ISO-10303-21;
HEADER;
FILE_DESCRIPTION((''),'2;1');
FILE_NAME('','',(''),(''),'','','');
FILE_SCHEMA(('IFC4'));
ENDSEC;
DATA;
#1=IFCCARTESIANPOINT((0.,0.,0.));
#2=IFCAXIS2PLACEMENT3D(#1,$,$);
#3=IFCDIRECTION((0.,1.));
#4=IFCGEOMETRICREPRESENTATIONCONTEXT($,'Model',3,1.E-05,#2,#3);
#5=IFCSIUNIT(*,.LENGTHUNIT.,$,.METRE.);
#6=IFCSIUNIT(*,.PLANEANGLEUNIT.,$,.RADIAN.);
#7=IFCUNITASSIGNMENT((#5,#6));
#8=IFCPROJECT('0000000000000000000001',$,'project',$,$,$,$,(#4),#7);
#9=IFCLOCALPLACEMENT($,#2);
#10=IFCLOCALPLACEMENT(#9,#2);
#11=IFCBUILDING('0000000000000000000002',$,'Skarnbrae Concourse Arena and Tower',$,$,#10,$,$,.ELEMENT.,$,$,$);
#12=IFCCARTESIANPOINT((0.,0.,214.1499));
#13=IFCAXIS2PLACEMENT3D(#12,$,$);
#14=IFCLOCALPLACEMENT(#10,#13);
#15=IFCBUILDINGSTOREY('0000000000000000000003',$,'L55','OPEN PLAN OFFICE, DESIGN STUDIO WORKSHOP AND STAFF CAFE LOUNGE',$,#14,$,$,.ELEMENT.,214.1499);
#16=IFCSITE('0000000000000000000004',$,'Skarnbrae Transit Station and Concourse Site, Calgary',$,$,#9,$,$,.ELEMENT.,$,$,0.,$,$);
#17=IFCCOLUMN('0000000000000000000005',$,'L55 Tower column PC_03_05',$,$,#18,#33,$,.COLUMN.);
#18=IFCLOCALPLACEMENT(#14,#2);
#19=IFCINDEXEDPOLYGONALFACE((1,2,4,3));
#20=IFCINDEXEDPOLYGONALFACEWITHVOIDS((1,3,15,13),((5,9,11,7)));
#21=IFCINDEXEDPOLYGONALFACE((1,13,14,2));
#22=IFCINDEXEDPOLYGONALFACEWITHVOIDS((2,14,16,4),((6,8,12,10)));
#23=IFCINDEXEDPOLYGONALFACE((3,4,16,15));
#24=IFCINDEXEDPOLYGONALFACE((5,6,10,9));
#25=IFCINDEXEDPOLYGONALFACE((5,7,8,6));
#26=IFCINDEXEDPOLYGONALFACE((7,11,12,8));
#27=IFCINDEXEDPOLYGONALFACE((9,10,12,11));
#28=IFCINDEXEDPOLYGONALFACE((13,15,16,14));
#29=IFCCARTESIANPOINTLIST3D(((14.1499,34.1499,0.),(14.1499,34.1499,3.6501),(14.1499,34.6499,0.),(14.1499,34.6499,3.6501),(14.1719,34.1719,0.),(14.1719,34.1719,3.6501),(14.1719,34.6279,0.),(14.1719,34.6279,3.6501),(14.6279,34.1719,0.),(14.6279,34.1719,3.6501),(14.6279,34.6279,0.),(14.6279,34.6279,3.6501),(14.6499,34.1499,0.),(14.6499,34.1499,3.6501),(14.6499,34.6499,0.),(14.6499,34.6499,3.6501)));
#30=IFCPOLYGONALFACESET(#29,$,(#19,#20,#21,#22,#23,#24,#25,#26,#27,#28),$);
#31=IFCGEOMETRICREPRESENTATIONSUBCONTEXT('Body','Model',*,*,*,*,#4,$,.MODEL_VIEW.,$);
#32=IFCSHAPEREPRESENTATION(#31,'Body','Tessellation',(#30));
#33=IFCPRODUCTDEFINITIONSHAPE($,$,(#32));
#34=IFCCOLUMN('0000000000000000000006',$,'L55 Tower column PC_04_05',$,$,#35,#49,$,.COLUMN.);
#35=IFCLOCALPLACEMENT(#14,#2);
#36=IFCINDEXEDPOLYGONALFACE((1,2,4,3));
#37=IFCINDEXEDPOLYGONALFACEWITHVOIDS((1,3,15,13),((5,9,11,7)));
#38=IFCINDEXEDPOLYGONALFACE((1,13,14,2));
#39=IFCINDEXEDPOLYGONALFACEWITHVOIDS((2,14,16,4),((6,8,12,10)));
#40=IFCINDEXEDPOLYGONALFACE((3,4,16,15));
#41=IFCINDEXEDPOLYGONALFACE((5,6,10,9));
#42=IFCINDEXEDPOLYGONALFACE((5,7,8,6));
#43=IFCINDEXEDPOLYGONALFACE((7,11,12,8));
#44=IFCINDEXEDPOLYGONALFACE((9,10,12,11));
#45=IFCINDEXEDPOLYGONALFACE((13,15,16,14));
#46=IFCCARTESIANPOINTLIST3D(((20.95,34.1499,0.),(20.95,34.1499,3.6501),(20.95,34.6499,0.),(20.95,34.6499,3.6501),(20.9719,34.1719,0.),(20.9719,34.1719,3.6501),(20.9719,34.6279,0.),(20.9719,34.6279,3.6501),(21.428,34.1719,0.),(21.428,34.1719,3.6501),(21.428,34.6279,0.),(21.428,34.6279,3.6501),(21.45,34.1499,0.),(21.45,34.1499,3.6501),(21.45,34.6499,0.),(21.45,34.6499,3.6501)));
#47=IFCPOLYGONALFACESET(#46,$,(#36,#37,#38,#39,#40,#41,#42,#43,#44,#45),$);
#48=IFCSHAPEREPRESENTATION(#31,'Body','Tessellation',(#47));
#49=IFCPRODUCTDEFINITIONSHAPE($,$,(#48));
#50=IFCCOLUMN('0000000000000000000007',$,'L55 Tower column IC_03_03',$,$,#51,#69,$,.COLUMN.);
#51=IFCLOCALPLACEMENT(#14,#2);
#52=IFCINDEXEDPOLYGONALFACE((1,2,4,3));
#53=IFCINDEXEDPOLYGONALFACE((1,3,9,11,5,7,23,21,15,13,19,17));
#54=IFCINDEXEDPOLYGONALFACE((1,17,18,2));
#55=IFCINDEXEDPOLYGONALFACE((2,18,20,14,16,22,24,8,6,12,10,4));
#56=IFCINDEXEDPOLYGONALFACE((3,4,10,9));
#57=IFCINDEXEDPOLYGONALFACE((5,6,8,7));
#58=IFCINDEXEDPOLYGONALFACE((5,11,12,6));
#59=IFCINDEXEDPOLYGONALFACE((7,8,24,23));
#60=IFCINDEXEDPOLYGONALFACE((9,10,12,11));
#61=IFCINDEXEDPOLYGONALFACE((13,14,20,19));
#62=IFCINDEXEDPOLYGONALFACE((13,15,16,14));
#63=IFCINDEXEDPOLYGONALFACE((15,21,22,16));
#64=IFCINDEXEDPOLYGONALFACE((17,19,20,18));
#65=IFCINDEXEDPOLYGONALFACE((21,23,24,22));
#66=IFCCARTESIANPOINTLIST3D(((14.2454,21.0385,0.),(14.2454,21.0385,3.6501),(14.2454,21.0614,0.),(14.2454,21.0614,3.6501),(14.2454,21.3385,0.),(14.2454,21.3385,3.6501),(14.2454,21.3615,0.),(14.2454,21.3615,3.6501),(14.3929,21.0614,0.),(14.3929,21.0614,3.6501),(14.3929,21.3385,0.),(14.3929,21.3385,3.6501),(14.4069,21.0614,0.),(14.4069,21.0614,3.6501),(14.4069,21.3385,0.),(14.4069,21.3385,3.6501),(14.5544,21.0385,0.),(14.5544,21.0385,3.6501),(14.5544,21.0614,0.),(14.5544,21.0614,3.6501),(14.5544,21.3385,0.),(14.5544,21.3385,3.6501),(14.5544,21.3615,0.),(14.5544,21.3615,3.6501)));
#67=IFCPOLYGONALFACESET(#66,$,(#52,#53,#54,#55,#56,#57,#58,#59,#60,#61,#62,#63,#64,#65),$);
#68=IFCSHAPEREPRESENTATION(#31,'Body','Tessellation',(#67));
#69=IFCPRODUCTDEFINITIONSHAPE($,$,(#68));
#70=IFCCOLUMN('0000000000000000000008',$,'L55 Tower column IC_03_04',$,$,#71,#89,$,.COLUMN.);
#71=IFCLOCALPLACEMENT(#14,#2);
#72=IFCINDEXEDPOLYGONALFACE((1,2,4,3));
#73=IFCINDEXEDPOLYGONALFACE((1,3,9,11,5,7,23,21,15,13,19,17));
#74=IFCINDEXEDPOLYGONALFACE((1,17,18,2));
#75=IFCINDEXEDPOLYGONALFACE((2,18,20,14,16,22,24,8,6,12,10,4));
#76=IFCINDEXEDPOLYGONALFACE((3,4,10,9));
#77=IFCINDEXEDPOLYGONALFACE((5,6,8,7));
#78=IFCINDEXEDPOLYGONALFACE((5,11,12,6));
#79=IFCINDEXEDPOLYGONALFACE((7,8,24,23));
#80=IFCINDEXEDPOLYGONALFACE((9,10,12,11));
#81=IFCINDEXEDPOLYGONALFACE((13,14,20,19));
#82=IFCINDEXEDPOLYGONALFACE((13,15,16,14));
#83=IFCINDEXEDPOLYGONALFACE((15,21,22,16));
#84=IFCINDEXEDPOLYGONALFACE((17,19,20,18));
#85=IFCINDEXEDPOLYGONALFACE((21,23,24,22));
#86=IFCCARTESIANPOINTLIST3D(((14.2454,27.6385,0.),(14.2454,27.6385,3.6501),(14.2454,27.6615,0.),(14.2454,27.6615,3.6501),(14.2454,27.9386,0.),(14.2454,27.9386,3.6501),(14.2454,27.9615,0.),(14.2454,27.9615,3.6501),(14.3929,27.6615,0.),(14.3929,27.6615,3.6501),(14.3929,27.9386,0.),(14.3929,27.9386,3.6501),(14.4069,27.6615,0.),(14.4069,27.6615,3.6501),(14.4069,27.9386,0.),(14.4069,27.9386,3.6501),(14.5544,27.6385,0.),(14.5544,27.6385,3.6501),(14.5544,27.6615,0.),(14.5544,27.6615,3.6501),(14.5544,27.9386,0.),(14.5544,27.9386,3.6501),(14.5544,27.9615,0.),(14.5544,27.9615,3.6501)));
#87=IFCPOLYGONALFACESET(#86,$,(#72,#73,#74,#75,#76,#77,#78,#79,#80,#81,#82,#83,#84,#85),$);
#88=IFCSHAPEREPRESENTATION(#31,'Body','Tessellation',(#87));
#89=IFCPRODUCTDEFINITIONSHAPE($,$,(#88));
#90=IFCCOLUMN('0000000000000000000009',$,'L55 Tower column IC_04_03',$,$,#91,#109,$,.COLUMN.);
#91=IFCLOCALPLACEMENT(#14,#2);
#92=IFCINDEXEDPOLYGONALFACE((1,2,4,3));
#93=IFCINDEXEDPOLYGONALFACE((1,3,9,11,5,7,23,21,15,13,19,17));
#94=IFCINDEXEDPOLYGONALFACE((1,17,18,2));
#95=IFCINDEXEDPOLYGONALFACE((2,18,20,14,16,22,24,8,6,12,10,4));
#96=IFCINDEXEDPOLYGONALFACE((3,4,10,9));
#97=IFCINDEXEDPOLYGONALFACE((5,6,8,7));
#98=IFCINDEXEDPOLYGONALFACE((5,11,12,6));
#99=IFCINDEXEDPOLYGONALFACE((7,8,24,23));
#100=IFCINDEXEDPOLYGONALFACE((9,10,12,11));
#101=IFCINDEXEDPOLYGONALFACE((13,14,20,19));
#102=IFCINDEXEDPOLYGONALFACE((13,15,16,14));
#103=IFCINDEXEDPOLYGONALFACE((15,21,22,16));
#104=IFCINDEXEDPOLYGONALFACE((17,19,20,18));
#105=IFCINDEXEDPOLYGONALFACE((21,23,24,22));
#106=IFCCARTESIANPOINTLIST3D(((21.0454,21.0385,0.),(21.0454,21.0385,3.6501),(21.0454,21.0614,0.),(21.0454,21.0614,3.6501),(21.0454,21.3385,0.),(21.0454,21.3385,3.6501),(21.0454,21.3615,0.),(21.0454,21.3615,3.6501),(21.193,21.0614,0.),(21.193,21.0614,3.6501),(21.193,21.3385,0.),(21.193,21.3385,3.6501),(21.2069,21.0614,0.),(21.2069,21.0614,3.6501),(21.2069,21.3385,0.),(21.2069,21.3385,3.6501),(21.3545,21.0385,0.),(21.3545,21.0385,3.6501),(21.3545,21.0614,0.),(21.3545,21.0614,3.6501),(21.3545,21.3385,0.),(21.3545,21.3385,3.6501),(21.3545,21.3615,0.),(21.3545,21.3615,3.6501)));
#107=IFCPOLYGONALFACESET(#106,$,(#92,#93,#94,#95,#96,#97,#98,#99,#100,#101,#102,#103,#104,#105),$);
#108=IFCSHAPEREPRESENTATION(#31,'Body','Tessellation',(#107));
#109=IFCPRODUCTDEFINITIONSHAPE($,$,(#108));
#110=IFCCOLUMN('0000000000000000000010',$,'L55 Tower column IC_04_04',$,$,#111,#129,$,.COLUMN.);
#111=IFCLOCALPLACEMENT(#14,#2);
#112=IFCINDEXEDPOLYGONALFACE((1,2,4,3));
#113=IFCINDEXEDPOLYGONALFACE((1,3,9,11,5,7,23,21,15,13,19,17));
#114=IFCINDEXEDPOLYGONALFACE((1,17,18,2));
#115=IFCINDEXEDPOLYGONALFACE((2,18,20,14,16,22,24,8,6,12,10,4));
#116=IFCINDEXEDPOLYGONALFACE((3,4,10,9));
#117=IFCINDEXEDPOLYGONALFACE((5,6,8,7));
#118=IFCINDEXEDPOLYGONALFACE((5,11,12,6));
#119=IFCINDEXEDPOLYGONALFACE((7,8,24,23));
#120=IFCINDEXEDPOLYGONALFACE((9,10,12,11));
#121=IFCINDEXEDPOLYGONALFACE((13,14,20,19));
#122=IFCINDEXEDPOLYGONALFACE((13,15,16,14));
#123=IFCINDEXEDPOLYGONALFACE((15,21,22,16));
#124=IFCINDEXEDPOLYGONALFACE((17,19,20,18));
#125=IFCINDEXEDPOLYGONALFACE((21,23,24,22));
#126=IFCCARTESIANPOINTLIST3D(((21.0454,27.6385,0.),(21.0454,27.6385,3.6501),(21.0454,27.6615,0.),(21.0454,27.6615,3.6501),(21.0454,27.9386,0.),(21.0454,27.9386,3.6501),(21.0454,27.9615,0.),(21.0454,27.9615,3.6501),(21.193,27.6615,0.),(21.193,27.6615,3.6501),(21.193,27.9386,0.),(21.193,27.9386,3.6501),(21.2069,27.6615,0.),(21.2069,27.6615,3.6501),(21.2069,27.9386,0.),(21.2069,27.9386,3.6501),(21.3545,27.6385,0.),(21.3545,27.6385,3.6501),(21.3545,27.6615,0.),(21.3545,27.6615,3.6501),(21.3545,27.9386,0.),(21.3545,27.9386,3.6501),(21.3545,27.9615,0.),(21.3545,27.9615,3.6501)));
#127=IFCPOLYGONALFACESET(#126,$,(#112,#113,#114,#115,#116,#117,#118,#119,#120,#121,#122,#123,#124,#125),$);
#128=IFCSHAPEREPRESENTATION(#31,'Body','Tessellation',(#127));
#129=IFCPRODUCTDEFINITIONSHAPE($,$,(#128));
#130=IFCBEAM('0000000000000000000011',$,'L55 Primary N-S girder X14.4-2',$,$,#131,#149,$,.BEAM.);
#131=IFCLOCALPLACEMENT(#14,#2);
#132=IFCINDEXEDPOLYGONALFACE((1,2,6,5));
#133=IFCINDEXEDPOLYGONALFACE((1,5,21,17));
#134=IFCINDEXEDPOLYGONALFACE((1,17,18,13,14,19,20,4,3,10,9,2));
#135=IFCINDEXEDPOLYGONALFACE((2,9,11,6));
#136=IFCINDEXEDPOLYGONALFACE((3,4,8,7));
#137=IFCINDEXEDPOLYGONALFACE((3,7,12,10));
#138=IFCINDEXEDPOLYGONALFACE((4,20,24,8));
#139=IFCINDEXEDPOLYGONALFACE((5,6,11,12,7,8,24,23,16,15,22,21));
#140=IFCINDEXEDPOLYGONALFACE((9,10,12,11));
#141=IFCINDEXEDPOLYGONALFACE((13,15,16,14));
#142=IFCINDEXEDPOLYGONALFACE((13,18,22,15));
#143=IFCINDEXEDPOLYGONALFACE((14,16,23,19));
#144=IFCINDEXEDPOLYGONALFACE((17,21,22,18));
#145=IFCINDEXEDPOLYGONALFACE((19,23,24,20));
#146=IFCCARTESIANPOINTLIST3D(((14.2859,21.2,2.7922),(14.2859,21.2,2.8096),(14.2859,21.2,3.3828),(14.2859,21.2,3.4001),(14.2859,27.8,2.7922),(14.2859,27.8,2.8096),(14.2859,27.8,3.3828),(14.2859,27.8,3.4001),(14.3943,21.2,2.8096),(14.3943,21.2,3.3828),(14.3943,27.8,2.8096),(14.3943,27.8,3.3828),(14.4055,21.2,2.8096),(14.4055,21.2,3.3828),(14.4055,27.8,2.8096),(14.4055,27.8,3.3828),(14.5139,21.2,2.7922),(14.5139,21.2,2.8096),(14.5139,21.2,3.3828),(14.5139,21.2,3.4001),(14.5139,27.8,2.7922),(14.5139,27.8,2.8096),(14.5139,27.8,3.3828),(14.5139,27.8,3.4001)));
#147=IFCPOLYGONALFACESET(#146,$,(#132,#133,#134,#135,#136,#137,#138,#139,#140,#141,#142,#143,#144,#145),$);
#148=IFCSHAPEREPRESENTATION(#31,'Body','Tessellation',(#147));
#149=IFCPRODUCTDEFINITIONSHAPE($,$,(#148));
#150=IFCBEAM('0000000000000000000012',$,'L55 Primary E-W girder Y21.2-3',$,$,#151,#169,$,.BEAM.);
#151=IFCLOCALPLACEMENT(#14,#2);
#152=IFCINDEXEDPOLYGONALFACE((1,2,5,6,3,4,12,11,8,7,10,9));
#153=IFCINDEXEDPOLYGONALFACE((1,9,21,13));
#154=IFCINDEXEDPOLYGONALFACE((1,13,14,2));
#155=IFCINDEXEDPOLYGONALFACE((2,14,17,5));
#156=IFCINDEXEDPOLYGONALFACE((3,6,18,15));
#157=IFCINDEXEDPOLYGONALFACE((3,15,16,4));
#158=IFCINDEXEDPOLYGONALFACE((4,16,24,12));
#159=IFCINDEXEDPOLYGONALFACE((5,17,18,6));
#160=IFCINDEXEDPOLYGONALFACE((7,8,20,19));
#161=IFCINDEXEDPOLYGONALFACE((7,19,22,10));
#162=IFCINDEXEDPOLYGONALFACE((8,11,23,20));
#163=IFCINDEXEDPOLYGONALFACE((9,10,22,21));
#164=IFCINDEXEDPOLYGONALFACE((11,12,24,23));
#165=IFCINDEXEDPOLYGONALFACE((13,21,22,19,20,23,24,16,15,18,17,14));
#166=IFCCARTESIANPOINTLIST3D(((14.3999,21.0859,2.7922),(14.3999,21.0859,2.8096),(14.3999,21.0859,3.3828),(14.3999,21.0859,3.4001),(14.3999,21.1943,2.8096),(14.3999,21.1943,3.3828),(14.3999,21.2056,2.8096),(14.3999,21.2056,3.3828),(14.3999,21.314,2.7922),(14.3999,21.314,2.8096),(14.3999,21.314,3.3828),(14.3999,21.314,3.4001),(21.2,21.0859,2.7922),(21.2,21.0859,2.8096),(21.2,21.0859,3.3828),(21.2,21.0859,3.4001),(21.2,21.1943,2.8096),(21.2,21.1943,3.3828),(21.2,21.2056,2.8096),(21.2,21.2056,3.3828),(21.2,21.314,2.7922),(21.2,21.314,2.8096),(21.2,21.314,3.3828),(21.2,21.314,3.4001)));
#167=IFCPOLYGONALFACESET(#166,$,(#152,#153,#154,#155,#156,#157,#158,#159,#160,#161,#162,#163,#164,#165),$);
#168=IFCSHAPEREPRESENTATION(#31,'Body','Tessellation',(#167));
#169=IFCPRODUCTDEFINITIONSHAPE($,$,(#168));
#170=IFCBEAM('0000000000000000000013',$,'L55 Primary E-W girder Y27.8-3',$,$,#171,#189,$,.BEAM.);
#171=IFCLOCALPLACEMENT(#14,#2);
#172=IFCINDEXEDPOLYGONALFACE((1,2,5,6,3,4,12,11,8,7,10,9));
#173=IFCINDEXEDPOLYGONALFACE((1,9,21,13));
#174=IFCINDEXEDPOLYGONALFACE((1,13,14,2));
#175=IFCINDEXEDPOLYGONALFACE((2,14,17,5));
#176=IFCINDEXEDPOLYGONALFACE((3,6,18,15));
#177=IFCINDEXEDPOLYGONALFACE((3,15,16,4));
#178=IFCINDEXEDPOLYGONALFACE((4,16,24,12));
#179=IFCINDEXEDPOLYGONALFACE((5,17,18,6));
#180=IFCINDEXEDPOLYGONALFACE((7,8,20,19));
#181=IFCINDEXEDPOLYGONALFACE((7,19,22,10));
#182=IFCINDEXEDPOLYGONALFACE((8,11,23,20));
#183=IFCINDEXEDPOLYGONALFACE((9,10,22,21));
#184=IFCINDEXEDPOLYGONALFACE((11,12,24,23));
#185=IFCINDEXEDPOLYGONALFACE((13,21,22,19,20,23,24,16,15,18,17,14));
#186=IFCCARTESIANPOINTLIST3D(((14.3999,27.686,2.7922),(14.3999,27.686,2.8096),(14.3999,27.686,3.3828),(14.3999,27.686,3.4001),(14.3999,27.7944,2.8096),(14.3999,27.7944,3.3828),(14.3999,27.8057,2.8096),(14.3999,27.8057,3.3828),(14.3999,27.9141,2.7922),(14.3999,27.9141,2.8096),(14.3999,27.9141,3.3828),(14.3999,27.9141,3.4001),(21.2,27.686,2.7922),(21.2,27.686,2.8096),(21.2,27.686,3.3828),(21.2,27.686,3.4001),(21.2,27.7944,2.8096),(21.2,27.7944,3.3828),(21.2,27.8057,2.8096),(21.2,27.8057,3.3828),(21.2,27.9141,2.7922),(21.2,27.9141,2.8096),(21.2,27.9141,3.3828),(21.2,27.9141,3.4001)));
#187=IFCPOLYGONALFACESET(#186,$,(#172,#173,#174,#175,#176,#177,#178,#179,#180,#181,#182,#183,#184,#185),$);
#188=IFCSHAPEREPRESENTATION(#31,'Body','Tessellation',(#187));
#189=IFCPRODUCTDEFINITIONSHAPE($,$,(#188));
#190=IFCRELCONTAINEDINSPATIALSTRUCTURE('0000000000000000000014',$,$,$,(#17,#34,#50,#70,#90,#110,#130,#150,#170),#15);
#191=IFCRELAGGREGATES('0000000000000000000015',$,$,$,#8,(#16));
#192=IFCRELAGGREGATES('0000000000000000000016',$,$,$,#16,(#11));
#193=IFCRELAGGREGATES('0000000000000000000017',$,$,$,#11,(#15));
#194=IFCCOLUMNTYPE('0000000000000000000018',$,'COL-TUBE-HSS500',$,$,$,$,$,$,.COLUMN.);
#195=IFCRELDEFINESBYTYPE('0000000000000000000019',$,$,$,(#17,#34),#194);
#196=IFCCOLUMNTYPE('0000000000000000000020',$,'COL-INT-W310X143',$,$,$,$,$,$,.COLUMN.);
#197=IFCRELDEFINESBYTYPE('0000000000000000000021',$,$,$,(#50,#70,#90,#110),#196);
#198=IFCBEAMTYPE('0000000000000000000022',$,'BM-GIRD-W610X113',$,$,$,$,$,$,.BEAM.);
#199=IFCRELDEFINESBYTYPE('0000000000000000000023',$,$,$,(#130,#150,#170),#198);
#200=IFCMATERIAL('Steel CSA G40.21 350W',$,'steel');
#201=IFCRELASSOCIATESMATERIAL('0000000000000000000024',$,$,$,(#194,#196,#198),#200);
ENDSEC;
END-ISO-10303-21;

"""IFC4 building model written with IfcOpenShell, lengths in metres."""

from ifc_helpers import new_model, si_unit, direction, frame, origin, origin_2d, place, context, subcontext, project, spatial, hollow_rectangle, i_section, extrude, source, transform, mapped, material, material_profile, profile_set, type_object, element, save


model = new_model("IFC4")

# Units and contexts
model_context = context("Model", 3, precision=1e-05, world=origin(), true_north=direction((0.0, 1.0)))
body_context = subcontext(model_context, "Body", "Model", "MODEL_VIEW")
ifc_project = project(units=[si_unit("LENGTHUNIT", "METRE"), si_unit("PLANEANGLEUNIT", "RADIAN")], contexts=[model_context])

# Site, building, storey
site_placement = place(None, origin())
site = spatial("IfcSite", under=ifc_project, at=site_placement, Name="Skarnbrae Transit Station and Concourse Site, Calgary", CompositionType="ELEMENT", RefElevation=0.0)
building_placement = place(site_placement, origin())
building = spatial("IfcBuilding", under=site, at=building_placement, Name="Skarnbrae Concourse Arena and Tower", CompositionType="ELEMENT")
storey_placement = place(building_placement, frame((0.0, 0.0, 214.1499)))
storey = spatial("IfcBuildingStorey", under=building, at=storey_placement, Name="L55", Description="OPEN PLAN OFFICE, DESIGN STUDIO WORKSHOP AND STAFF CAFE LOUNGE", CompositionType="ELEMENT", Elevation=214.1499)

# Columns
ifc_material_1 = material(Name="Steel CSA G40.21 350W", Category="steel")
ifc_material_profile_1 = material_profile(ifc_material_1, hollow_rectangle(XDim=0.5, YDim=0.5, WallThickness=0.022, at=origin_2d()), Name="HSS500X500X22.0")
ifc_profile_set_1 = profile_set([ifc_material_profile_1], Name="Steel CSA G40.21 350W")
column_type_1 = type_object("IfcColumnType", Name="COL-TUBE-HSS500", PredefinedType="COLUMN", material=ifc_profile_set_1)
shared_shape_1 = source(origin(), body_context, "Body", "SweptSolid", [
    extrude(hollow_rectangle(XDim=0.5, YDim=0.5, WallThickness=0.022, at=origin_2d()), origin(), (0.0, 0.0, 1.0), 3.6501),
])
for number, where, z_axis, x_axis, name in (
    (1, (14.3999, 34.3999, 0.0), (0.0, 0.0, 1.0), (1.0, 0.0, 0.0), "L55 Tower column PC_03_05"),
    (2, (21.2, 34.3999, 0.0), (0.0, 0.0, 1.0), (1.0, 0.0, 0.0), "L55 Tower column PC_04_05"),
):
    element("IfcColumn", number, at=place(storey_placement, frame(where, z_axis=z_axis, x_axis=x_axis)), inside=storey, type_object=column_type_1, Name=name, PredefinedType="COLUMN", context=body_context, shape_type="MappedRepresentation", body=[
        mapped(shared_shape_1, transform((0.0, 0.0, 0.0))),
    ])
ifc_material_profile_2 = material_profile(ifc_material_1, i_section(OverallWidth=0.3091, OverallDepth=0.323, WebThickness=0.0139, FlangeThickness=0.0229, at=origin_2d()), Name="W310X143")
ifc_profile_set_2 = profile_set([ifc_material_profile_2], Name="Steel CSA G40.21 350W")
column_type_2 = type_object("IfcColumnType", Name="COL-INT-W310X143", PredefinedType="COLUMN", material=ifc_profile_set_2)
shared_shape_2 = source(origin(), body_context, "Body", "SweptSolid", [
    extrude(i_section(OverallWidth=0.3091, OverallDepth=0.323, WebThickness=0.0139, FlangeThickness=0.0229, at=origin_2d()), origin(), (0.0, 0.0, 1.0), 3.6501),
])
for number, where, z_axis, x_axis, name in (
    (3, (14.3999, 21.2, 0.0), (0.0, 0.0, 1.0), (1.0, 0.0, 0.0), "L55 Tower column IC_03_03"),
    (4, (14.3999, 27.8, 0.0), (0.0, 0.0, 1.0), (1.0, 0.0, 0.0), "L55 Tower column IC_03_04"),
    (5, (21.2, 21.2, 0.0), (0.0, 0.0, 1.0), (1.0, 0.0, 0.0), "L55 Tower column IC_04_03"),
    (6, (21.2, 27.8, 0.0), (0.0, 0.0, 1.0), (1.0, 0.0, 0.0), "L55 Tower column IC_04_04"),
):
    element("IfcColumn", number, at=place(storey_placement, frame(where, z_axis=z_axis, x_axis=x_axis)), inside=storey, type_object=column_type_2, Name=name, PredefinedType="COLUMN", context=body_context, shape_type="MappedRepresentation", body=[
        mapped(shared_shape_2, transform((0.0, 0.0, 0.0))),
    ])

# Beams
ifc_material_profile_3 = material_profile(ifc_material_1, i_section(OverallWidth=0.228, OverallDepth=0.6079, WebThickness=0.0112, FlangeThickness=0.0173, at=origin_2d()), Name="W610X113")
ifc_profile_set_3 = profile_set([ifc_material_profile_3], Name="Steel CSA G40.21 350W")
beam_type_1 = type_object("IfcBeamType", Name="BM-GIRD-W610X113", PredefinedType="BEAM", material=ifc_profile_set_3)
shared_shape_3 = source(origin(), body_context, "Body", "SweptSolid", [
    extrude(i_section(OverallWidth=0.228, OverallDepth=0.6079, WebThickness=0.0112, FlangeThickness=0.0173, at=origin_2d()), origin(), (0.0, 0.0, 1.0), 6.6001),
])
beam_1_placement = place(storey_placement, frame((14.3999, 21.2, 3.0962), z_axis=(0.0, 1.0, 0.0), x_axis=(-1.0, 0.0, 0.0)))
element("IfcBeam", 7, at=beam_1_placement, inside=storey, type_object=beam_type_1, Name="L55 Primary N-S girder X14.4-2", PredefinedType="BEAM", context=body_context, shape_type="MappedRepresentation", body=[
    mapped(shared_shape_3, transform((0.0, 0.0, 0.0))),
])
shared_shape_4 = source(origin(), body_context, "Body", "SweptSolid", [
    extrude(i_section(OverallWidth=0.228, OverallDepth=0.6079, WebThickness=0.0112, FlangeThickness=0.0173, at=origin_2d()), origin(), (0.0, 0.0, 1.0), 6.8),
])
for number, where, z_axis, x_axis, name in (
    (8, (14.3999, 21.2, 3.0962), (1.0, 0.0, 0.0), (0.0, 1.0, 0.0), "L55 Primary E-W girder Y21.2-3"),
    (9, (14.3999, 27.8, 3.0962), (1.0, 0.0, 0.0), (0.0, 1.0, 0.0), "L55 Primary E-W girder Y27.8-3"),
):
    element("IfcBeam", number, at=place(storey_placement, frame(where, z_axis=z_axis, x_axis=x_axis)), inside=storey, type_object=beam_type_1, Name=name, PredefinedType="BEAM", context=body_context, shape_type="MappedRepresentation", body=[
        mapped(shared_shape_4, transform((0.0, 0.0, 0.0))),
    ])

save(model, "model.ifc")
